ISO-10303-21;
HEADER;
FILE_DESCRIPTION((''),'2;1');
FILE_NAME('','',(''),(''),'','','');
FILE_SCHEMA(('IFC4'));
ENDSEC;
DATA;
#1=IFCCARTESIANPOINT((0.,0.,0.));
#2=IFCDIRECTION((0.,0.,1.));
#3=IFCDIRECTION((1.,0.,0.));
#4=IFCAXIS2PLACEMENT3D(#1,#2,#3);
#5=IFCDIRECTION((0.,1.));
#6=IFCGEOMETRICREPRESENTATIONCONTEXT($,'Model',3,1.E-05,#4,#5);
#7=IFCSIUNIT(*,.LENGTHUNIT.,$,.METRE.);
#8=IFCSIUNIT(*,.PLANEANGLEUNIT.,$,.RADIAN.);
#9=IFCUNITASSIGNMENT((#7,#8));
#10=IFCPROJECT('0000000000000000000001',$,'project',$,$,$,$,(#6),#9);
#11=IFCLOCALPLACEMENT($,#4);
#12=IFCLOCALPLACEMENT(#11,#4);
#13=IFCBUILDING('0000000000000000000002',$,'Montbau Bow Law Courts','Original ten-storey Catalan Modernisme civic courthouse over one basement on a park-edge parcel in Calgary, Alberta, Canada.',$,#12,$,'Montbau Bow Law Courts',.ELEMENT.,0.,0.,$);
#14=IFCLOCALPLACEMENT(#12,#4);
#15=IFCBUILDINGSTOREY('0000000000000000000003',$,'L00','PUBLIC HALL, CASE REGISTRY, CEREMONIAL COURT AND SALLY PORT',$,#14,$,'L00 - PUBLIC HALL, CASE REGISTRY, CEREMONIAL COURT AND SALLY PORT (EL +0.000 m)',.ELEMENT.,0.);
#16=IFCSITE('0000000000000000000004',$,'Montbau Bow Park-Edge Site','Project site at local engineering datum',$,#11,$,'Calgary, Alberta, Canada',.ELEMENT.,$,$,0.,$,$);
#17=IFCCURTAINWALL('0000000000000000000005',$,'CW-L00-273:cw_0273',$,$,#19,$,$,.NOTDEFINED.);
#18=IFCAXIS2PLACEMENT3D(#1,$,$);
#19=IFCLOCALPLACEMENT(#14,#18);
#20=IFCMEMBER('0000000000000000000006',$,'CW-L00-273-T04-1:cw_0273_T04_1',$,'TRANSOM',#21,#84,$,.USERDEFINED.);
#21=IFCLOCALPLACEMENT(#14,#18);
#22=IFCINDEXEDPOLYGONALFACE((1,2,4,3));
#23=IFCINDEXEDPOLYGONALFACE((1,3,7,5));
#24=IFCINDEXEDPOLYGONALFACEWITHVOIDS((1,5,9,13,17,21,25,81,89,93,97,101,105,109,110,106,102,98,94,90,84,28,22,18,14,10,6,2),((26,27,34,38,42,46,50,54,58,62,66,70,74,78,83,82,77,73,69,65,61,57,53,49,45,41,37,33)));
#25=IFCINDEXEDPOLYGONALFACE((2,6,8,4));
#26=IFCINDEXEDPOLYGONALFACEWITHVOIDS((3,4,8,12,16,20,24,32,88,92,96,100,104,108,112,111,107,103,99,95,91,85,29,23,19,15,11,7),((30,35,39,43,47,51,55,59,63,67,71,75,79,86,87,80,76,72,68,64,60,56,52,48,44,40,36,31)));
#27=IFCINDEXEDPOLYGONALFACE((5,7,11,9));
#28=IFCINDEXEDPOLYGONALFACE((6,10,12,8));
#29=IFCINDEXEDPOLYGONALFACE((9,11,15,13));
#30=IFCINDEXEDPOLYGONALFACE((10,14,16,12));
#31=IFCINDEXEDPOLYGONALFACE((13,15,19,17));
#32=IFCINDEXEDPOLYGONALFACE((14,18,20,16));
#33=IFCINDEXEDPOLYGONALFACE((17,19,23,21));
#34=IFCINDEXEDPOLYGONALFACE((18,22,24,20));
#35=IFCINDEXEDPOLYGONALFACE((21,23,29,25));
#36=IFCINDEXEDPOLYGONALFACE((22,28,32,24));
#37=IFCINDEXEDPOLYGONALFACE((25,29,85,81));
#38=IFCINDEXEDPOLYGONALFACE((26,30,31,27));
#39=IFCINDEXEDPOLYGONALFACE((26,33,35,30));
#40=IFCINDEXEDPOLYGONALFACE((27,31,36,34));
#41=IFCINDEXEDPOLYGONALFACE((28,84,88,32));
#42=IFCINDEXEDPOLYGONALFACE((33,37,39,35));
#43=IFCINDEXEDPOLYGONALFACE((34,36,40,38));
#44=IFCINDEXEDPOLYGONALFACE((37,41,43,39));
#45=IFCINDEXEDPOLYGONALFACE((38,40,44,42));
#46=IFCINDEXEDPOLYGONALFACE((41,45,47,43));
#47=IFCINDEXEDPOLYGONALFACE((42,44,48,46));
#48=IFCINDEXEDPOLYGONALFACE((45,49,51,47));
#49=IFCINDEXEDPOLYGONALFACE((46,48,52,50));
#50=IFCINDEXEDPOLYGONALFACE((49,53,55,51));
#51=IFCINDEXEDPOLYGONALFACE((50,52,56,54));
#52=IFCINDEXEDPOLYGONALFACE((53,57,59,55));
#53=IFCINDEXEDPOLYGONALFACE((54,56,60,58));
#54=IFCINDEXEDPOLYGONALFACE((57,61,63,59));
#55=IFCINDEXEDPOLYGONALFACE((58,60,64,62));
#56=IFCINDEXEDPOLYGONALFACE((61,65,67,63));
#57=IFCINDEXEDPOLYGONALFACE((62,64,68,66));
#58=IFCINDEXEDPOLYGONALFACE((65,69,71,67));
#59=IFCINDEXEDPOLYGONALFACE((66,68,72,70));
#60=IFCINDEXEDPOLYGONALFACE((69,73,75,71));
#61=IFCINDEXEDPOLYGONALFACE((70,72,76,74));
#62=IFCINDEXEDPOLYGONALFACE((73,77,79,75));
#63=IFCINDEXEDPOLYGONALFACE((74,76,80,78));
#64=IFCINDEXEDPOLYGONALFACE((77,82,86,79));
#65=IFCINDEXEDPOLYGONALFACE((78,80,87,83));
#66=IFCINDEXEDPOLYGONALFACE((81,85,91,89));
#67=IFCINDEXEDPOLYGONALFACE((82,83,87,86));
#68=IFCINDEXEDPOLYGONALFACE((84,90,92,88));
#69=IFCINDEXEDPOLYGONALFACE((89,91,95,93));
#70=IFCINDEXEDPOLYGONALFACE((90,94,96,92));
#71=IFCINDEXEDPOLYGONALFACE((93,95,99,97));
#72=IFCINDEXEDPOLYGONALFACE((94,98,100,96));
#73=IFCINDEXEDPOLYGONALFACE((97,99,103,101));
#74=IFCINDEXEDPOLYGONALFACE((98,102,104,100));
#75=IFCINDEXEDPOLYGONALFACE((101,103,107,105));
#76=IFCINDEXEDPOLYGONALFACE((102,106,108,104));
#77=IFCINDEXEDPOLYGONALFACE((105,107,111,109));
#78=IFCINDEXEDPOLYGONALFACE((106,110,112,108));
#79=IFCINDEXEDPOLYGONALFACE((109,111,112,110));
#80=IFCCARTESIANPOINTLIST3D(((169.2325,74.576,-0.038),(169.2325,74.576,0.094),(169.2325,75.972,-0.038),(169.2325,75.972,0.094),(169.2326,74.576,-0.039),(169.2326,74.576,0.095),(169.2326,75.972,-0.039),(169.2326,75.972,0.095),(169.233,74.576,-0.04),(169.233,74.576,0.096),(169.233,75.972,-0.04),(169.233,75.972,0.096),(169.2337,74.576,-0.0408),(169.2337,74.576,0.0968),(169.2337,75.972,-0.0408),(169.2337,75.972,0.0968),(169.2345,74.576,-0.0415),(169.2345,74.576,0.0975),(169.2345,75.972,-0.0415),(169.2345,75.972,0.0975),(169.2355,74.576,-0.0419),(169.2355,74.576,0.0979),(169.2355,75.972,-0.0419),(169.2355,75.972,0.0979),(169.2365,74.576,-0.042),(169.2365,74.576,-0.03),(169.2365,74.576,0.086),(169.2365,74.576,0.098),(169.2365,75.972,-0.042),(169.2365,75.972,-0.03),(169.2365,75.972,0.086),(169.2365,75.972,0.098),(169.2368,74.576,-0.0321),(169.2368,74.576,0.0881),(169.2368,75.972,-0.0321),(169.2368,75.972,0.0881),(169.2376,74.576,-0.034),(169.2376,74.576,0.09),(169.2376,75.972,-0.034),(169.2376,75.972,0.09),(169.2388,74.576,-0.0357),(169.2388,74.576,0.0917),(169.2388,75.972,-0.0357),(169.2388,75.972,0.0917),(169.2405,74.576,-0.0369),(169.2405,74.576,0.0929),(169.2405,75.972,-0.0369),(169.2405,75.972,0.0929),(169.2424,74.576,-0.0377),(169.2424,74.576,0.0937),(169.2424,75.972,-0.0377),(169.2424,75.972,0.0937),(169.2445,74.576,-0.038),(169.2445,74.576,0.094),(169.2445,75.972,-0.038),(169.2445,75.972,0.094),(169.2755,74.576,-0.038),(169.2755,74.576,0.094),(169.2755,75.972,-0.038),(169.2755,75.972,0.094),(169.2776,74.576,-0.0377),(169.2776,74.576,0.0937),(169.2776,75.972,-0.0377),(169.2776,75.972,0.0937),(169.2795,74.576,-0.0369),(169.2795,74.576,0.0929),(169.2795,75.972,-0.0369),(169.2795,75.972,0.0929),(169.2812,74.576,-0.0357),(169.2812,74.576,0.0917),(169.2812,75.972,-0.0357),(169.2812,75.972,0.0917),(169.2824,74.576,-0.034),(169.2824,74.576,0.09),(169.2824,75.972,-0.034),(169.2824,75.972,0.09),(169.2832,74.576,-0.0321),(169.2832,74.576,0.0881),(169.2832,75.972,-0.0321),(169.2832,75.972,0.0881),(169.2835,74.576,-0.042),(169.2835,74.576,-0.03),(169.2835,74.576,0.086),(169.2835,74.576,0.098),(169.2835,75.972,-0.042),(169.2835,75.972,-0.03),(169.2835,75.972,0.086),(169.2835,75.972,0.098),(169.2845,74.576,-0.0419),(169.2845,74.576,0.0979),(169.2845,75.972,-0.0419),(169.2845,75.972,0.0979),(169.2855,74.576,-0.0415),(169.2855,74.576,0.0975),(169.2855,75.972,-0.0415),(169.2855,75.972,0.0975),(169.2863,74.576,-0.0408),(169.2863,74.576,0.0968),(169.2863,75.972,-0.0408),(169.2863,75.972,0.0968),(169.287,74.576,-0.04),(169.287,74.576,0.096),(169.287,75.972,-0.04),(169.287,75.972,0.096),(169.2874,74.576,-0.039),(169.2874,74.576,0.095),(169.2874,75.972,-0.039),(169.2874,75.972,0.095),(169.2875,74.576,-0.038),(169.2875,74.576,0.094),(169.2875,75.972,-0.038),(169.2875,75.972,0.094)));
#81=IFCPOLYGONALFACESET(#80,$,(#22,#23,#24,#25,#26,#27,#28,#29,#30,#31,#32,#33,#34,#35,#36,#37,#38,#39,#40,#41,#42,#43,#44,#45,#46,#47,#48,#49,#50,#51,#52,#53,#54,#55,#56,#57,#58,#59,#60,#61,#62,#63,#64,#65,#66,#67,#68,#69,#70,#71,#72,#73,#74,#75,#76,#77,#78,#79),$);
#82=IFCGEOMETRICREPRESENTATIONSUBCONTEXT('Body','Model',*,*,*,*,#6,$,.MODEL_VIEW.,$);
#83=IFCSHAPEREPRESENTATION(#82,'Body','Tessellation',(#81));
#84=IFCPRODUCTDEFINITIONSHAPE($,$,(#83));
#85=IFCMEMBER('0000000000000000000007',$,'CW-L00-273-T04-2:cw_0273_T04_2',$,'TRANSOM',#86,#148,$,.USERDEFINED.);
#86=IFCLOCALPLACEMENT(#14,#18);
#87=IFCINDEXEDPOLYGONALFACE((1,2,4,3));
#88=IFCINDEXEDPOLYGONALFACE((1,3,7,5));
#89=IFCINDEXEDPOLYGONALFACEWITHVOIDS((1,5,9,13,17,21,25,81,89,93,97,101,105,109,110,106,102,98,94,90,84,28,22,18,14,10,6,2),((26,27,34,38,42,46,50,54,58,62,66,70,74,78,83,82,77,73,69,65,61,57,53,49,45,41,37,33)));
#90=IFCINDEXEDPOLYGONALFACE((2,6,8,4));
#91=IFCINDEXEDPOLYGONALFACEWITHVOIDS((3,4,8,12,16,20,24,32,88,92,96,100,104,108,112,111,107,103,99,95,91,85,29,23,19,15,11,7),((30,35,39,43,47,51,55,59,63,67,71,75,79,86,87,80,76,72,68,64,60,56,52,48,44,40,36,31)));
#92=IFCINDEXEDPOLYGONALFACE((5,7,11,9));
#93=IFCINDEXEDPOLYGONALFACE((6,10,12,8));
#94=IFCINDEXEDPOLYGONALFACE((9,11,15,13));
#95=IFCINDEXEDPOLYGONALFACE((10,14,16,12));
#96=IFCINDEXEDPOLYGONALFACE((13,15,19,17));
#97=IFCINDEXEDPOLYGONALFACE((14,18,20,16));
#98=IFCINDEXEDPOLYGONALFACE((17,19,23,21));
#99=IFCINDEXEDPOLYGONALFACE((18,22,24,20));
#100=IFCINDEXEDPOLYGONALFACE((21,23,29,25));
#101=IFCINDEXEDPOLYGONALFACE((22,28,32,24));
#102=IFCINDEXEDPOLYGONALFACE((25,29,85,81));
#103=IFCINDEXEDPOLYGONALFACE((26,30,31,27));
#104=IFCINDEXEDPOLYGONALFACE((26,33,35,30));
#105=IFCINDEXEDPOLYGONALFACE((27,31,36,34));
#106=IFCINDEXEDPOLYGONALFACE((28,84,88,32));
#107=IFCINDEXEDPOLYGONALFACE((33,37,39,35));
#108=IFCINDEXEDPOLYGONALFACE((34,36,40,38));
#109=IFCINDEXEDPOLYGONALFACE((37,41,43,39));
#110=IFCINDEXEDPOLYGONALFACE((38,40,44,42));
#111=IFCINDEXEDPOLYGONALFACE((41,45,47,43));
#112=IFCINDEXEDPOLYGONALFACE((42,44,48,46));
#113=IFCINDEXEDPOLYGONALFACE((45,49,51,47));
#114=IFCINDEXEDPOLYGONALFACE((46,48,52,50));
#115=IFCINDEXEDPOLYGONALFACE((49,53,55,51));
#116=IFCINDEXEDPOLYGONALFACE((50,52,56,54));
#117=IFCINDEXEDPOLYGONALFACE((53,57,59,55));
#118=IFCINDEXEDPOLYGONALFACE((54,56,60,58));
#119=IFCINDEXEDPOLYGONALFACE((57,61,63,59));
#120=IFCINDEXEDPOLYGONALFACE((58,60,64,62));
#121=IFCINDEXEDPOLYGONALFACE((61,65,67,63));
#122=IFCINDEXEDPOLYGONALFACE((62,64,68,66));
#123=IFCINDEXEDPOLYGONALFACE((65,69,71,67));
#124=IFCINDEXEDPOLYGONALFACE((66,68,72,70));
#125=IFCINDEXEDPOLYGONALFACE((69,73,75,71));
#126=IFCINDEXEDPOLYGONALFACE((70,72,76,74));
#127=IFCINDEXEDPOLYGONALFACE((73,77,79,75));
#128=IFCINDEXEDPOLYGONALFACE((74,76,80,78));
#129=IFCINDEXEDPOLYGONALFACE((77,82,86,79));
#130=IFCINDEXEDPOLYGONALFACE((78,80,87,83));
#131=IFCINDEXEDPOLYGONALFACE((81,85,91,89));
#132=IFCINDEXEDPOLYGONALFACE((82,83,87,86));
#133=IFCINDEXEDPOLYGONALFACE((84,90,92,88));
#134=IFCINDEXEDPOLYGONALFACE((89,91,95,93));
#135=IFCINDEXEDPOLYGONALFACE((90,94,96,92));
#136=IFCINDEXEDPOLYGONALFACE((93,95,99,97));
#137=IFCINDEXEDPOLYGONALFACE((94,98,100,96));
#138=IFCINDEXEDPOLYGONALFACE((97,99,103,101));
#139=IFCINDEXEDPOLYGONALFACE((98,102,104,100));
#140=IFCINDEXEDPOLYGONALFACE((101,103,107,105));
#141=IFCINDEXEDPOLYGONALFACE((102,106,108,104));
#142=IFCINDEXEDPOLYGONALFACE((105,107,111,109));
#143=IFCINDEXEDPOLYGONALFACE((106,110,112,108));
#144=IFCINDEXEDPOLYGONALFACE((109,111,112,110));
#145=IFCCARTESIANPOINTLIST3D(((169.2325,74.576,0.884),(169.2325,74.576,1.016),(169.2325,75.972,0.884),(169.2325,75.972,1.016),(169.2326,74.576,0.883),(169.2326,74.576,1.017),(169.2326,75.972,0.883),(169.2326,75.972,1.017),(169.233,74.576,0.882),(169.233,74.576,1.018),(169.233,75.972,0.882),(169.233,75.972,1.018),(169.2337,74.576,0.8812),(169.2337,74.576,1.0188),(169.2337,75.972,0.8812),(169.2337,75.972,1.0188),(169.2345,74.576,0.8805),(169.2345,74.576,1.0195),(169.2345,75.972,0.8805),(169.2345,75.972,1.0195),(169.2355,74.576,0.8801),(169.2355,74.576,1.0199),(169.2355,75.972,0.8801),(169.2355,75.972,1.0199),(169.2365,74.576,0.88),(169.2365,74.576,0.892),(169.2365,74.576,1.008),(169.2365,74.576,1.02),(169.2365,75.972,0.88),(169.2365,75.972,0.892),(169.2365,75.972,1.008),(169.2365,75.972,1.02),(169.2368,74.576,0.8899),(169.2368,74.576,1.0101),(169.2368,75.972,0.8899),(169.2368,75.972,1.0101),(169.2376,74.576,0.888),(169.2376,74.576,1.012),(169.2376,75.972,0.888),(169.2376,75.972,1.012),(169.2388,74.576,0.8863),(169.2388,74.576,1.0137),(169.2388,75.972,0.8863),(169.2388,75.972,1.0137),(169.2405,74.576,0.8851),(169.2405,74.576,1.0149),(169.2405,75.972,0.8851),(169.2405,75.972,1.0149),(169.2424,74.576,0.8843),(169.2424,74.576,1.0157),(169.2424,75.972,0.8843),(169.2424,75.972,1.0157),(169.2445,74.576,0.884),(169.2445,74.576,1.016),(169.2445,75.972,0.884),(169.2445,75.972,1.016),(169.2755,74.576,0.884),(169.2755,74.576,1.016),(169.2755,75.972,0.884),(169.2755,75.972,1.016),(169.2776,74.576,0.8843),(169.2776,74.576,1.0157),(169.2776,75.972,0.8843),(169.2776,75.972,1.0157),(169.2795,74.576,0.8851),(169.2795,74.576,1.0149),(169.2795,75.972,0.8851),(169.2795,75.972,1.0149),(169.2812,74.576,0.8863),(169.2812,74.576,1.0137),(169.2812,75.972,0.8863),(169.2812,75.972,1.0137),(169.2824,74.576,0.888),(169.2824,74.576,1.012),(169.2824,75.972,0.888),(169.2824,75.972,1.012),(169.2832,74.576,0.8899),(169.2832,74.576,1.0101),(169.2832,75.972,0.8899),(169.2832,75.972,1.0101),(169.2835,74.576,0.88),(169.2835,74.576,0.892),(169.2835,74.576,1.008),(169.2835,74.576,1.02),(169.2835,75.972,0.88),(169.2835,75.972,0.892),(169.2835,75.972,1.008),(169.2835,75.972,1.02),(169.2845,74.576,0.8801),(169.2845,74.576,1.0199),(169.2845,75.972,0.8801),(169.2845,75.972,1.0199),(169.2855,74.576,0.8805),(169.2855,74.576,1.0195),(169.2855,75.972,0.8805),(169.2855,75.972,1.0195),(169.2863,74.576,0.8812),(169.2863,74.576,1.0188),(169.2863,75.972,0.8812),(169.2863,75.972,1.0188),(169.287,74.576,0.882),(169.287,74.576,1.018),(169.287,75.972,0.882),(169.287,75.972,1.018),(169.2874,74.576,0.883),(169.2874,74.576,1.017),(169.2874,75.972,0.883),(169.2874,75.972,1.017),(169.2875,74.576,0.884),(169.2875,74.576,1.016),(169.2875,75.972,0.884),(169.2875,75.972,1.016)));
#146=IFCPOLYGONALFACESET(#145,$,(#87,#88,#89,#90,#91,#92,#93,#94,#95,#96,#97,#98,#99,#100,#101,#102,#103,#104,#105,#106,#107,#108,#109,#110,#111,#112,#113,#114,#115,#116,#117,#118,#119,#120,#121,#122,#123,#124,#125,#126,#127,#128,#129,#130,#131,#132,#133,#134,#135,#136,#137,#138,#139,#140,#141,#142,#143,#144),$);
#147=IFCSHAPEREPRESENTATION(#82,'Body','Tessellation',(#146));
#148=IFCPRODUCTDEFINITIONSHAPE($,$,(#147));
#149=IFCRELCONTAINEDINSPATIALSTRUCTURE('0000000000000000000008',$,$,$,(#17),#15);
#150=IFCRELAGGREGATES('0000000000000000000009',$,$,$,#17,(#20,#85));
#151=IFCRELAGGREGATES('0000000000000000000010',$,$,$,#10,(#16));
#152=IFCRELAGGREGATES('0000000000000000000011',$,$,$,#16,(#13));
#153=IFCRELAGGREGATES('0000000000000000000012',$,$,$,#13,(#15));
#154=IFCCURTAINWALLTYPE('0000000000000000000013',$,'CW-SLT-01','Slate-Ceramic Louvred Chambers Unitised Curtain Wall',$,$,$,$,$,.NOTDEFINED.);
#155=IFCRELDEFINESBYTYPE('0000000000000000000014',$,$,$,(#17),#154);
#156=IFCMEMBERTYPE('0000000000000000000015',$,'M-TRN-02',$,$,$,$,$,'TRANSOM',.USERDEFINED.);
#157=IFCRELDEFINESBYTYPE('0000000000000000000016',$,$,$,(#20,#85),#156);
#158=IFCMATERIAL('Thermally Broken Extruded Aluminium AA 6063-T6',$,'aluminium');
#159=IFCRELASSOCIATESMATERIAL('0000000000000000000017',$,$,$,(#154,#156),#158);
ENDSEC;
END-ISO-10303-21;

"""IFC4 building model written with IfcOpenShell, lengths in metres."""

from ifc_helpers import new_model, si_unit, direction, frame, origin_with_axes, origin_2d_with_axis, place, context, subcontext, project, spatial, hollow_rectangle, extrude, material, material_profile, profile_set, type_object, element, aggregate, save


model = new_model("IFC4")

# Units and contexts
model_context = context("Model", 3, precision=1e-05, world=origin_with_axes(), true_north=direction((0.0, 1.0)))
body_context = subcontext(model_context, "Body", "Model", "MODEL_VIEW")
ifc_project = project(units=[si_unit("LENGTHUNIT", "METRE"), si_unit("PLANEANGLEUNIT", "RADIAN")], contexts=[model_context])

# Site, building, storey
site_placement = place(None, origin_with_axes())
site = spatial("IfcSite", under=ifc_project, at=site_placement, Name="Montbau Bow Park-Edge Site", Description="Project site at local engineering datum", LongName="Calgary, Alberta, Canada", CompositionType="ELEMENT", RefElevation=0.0)
building_placement = place(site_placement, origin_with_axes())
building = spatial("IfcBuilding", under=site, at=building_placement, Name="Montbau Bow Law Courts", Description="Original ten-storey Catalan Modernisme civic courthouse over one basement on a park-edge parcel in Calgary, Alberta, Canada.", LongName="Montbau Bow Law Courts", CompositionType="ELEMENT", ElevationOfRefHeight=0.0, ElevationOfTerrain=0.0)
storey_placement = place(building_placement, origin_with_axes())
storey = spatial("IfcBuildingStorey", under=building, at=storey_placement, Name="L00", Description="PUBLIC HALL, CASE REGISTRY, CEREMONIAL COURT AND SALLY PORT", LongName="L00 - PUBLIC HALL, CASE REGISTRY, CEREMONIAL COURT AND SALLY PORT (EL +0.000 m)", CompositionType="ELEMENT", Elevation=0.0)

# Curtain wall, members
ifc_material_1 = material(Name="Thermally Broken Extruded Aluminium AA 6063-T6", Category="aluminium")
curtain_wall_type = type_object("IfcCurtainWallType", Name="CW-SLT-01", Description="Slate-Ceramic Louvred Chambers Unitised Curtain Wall", PredefinedType="NOTDEFINED", material=ifc_material_1)
curtain_wall_placement = place(None, frame((169.26, 70.115, 0.0), z_axis=(0.0, 0.0, 1.0), x_axis=(1.0, 0.0, 0.0)))
curtain_wall = element("IfcCurtainWall", 1, at=curtain_wall_placement, inside=storey, type_object=curtain_wall_type, Name="CW-L00-273:cw_0273", PredefinedType="NOTDEFINED")
ifc_material_profile_1 = material_profile(ifc_material_1, hollow_rectangle(XDim=0.055, YDim=0.14, WallThickness=0.004, InnerFilletRadius=0.008, OuterFilletRadius=0.004, at=origin_2d_with_axis()), Name="CWT-140X55", Category="Main", Priority=0)
ifc_profile_set_1 = profile_set([ifc_material_profile_1], Name="Thermally Broken Extruded Aluminium AA 6063-T6")
member_type_1 = type_object("IfcMemberType", Name="M-TRN-02", ElementType="TRANSOM", PredefinedType="USERDEFINED", material=ifc_profile_set_1)
member_1_placement = place(None, frame((169.26, 74.576, 0.028), z_axis=(0.0, 1.0, 0.0), x_axis=(-1.0, 0.0, 0.0)))
member_1 = element("IfcMember", 2, at=member_1_placement, type_object=member_type_1, Name="CW-L00-273-T04-1:cw_0273_T04_1", ObjectType="TRANSOM", PredefinedType="USERDEFINED", context=body_context, shape_type="SweptSolid", body=[
    extrude(hollow_rectangle(XDim=0.055, YDim=0.14, WallThickness=0.004, InnerFilletRadius=0.008, OuterFilletRadius=0.004, at=origin_2d_with_axis()), origin_with_axes(), (0.0, 0.0, 1.0), 1.396),
])
member_2_placement = place(None, frame((169.26, 74.576, 0.95), z_axis=(0.0, 1.0, 0.0), x_axis=(-1.0, 0.0, 0.0)))
member_2 = element("IfcMember", 3, at=member_2_placement, type_object=member_type_1, Name="CW-L00-273-T04-2:cw_0273_T04_2", ObjectType="TRANSOM", PredefinedType="USERDEFINED", context=body_context, shape_type="SweptSolid", body=[
    extrude(hollow_rectangle(XDim=0.055, YDim=0.14, WallThickness=0.004, InnerFilletRadius=0.008, OuterFilletRadius=0.004, at=origin_2d_with_axis()), origin_with_axes(), (0.0, 0.0, 1.0), 1.396),
])
aggregate(curtain_wall, [member_1, member_2])

save(model, "model.ifc")
